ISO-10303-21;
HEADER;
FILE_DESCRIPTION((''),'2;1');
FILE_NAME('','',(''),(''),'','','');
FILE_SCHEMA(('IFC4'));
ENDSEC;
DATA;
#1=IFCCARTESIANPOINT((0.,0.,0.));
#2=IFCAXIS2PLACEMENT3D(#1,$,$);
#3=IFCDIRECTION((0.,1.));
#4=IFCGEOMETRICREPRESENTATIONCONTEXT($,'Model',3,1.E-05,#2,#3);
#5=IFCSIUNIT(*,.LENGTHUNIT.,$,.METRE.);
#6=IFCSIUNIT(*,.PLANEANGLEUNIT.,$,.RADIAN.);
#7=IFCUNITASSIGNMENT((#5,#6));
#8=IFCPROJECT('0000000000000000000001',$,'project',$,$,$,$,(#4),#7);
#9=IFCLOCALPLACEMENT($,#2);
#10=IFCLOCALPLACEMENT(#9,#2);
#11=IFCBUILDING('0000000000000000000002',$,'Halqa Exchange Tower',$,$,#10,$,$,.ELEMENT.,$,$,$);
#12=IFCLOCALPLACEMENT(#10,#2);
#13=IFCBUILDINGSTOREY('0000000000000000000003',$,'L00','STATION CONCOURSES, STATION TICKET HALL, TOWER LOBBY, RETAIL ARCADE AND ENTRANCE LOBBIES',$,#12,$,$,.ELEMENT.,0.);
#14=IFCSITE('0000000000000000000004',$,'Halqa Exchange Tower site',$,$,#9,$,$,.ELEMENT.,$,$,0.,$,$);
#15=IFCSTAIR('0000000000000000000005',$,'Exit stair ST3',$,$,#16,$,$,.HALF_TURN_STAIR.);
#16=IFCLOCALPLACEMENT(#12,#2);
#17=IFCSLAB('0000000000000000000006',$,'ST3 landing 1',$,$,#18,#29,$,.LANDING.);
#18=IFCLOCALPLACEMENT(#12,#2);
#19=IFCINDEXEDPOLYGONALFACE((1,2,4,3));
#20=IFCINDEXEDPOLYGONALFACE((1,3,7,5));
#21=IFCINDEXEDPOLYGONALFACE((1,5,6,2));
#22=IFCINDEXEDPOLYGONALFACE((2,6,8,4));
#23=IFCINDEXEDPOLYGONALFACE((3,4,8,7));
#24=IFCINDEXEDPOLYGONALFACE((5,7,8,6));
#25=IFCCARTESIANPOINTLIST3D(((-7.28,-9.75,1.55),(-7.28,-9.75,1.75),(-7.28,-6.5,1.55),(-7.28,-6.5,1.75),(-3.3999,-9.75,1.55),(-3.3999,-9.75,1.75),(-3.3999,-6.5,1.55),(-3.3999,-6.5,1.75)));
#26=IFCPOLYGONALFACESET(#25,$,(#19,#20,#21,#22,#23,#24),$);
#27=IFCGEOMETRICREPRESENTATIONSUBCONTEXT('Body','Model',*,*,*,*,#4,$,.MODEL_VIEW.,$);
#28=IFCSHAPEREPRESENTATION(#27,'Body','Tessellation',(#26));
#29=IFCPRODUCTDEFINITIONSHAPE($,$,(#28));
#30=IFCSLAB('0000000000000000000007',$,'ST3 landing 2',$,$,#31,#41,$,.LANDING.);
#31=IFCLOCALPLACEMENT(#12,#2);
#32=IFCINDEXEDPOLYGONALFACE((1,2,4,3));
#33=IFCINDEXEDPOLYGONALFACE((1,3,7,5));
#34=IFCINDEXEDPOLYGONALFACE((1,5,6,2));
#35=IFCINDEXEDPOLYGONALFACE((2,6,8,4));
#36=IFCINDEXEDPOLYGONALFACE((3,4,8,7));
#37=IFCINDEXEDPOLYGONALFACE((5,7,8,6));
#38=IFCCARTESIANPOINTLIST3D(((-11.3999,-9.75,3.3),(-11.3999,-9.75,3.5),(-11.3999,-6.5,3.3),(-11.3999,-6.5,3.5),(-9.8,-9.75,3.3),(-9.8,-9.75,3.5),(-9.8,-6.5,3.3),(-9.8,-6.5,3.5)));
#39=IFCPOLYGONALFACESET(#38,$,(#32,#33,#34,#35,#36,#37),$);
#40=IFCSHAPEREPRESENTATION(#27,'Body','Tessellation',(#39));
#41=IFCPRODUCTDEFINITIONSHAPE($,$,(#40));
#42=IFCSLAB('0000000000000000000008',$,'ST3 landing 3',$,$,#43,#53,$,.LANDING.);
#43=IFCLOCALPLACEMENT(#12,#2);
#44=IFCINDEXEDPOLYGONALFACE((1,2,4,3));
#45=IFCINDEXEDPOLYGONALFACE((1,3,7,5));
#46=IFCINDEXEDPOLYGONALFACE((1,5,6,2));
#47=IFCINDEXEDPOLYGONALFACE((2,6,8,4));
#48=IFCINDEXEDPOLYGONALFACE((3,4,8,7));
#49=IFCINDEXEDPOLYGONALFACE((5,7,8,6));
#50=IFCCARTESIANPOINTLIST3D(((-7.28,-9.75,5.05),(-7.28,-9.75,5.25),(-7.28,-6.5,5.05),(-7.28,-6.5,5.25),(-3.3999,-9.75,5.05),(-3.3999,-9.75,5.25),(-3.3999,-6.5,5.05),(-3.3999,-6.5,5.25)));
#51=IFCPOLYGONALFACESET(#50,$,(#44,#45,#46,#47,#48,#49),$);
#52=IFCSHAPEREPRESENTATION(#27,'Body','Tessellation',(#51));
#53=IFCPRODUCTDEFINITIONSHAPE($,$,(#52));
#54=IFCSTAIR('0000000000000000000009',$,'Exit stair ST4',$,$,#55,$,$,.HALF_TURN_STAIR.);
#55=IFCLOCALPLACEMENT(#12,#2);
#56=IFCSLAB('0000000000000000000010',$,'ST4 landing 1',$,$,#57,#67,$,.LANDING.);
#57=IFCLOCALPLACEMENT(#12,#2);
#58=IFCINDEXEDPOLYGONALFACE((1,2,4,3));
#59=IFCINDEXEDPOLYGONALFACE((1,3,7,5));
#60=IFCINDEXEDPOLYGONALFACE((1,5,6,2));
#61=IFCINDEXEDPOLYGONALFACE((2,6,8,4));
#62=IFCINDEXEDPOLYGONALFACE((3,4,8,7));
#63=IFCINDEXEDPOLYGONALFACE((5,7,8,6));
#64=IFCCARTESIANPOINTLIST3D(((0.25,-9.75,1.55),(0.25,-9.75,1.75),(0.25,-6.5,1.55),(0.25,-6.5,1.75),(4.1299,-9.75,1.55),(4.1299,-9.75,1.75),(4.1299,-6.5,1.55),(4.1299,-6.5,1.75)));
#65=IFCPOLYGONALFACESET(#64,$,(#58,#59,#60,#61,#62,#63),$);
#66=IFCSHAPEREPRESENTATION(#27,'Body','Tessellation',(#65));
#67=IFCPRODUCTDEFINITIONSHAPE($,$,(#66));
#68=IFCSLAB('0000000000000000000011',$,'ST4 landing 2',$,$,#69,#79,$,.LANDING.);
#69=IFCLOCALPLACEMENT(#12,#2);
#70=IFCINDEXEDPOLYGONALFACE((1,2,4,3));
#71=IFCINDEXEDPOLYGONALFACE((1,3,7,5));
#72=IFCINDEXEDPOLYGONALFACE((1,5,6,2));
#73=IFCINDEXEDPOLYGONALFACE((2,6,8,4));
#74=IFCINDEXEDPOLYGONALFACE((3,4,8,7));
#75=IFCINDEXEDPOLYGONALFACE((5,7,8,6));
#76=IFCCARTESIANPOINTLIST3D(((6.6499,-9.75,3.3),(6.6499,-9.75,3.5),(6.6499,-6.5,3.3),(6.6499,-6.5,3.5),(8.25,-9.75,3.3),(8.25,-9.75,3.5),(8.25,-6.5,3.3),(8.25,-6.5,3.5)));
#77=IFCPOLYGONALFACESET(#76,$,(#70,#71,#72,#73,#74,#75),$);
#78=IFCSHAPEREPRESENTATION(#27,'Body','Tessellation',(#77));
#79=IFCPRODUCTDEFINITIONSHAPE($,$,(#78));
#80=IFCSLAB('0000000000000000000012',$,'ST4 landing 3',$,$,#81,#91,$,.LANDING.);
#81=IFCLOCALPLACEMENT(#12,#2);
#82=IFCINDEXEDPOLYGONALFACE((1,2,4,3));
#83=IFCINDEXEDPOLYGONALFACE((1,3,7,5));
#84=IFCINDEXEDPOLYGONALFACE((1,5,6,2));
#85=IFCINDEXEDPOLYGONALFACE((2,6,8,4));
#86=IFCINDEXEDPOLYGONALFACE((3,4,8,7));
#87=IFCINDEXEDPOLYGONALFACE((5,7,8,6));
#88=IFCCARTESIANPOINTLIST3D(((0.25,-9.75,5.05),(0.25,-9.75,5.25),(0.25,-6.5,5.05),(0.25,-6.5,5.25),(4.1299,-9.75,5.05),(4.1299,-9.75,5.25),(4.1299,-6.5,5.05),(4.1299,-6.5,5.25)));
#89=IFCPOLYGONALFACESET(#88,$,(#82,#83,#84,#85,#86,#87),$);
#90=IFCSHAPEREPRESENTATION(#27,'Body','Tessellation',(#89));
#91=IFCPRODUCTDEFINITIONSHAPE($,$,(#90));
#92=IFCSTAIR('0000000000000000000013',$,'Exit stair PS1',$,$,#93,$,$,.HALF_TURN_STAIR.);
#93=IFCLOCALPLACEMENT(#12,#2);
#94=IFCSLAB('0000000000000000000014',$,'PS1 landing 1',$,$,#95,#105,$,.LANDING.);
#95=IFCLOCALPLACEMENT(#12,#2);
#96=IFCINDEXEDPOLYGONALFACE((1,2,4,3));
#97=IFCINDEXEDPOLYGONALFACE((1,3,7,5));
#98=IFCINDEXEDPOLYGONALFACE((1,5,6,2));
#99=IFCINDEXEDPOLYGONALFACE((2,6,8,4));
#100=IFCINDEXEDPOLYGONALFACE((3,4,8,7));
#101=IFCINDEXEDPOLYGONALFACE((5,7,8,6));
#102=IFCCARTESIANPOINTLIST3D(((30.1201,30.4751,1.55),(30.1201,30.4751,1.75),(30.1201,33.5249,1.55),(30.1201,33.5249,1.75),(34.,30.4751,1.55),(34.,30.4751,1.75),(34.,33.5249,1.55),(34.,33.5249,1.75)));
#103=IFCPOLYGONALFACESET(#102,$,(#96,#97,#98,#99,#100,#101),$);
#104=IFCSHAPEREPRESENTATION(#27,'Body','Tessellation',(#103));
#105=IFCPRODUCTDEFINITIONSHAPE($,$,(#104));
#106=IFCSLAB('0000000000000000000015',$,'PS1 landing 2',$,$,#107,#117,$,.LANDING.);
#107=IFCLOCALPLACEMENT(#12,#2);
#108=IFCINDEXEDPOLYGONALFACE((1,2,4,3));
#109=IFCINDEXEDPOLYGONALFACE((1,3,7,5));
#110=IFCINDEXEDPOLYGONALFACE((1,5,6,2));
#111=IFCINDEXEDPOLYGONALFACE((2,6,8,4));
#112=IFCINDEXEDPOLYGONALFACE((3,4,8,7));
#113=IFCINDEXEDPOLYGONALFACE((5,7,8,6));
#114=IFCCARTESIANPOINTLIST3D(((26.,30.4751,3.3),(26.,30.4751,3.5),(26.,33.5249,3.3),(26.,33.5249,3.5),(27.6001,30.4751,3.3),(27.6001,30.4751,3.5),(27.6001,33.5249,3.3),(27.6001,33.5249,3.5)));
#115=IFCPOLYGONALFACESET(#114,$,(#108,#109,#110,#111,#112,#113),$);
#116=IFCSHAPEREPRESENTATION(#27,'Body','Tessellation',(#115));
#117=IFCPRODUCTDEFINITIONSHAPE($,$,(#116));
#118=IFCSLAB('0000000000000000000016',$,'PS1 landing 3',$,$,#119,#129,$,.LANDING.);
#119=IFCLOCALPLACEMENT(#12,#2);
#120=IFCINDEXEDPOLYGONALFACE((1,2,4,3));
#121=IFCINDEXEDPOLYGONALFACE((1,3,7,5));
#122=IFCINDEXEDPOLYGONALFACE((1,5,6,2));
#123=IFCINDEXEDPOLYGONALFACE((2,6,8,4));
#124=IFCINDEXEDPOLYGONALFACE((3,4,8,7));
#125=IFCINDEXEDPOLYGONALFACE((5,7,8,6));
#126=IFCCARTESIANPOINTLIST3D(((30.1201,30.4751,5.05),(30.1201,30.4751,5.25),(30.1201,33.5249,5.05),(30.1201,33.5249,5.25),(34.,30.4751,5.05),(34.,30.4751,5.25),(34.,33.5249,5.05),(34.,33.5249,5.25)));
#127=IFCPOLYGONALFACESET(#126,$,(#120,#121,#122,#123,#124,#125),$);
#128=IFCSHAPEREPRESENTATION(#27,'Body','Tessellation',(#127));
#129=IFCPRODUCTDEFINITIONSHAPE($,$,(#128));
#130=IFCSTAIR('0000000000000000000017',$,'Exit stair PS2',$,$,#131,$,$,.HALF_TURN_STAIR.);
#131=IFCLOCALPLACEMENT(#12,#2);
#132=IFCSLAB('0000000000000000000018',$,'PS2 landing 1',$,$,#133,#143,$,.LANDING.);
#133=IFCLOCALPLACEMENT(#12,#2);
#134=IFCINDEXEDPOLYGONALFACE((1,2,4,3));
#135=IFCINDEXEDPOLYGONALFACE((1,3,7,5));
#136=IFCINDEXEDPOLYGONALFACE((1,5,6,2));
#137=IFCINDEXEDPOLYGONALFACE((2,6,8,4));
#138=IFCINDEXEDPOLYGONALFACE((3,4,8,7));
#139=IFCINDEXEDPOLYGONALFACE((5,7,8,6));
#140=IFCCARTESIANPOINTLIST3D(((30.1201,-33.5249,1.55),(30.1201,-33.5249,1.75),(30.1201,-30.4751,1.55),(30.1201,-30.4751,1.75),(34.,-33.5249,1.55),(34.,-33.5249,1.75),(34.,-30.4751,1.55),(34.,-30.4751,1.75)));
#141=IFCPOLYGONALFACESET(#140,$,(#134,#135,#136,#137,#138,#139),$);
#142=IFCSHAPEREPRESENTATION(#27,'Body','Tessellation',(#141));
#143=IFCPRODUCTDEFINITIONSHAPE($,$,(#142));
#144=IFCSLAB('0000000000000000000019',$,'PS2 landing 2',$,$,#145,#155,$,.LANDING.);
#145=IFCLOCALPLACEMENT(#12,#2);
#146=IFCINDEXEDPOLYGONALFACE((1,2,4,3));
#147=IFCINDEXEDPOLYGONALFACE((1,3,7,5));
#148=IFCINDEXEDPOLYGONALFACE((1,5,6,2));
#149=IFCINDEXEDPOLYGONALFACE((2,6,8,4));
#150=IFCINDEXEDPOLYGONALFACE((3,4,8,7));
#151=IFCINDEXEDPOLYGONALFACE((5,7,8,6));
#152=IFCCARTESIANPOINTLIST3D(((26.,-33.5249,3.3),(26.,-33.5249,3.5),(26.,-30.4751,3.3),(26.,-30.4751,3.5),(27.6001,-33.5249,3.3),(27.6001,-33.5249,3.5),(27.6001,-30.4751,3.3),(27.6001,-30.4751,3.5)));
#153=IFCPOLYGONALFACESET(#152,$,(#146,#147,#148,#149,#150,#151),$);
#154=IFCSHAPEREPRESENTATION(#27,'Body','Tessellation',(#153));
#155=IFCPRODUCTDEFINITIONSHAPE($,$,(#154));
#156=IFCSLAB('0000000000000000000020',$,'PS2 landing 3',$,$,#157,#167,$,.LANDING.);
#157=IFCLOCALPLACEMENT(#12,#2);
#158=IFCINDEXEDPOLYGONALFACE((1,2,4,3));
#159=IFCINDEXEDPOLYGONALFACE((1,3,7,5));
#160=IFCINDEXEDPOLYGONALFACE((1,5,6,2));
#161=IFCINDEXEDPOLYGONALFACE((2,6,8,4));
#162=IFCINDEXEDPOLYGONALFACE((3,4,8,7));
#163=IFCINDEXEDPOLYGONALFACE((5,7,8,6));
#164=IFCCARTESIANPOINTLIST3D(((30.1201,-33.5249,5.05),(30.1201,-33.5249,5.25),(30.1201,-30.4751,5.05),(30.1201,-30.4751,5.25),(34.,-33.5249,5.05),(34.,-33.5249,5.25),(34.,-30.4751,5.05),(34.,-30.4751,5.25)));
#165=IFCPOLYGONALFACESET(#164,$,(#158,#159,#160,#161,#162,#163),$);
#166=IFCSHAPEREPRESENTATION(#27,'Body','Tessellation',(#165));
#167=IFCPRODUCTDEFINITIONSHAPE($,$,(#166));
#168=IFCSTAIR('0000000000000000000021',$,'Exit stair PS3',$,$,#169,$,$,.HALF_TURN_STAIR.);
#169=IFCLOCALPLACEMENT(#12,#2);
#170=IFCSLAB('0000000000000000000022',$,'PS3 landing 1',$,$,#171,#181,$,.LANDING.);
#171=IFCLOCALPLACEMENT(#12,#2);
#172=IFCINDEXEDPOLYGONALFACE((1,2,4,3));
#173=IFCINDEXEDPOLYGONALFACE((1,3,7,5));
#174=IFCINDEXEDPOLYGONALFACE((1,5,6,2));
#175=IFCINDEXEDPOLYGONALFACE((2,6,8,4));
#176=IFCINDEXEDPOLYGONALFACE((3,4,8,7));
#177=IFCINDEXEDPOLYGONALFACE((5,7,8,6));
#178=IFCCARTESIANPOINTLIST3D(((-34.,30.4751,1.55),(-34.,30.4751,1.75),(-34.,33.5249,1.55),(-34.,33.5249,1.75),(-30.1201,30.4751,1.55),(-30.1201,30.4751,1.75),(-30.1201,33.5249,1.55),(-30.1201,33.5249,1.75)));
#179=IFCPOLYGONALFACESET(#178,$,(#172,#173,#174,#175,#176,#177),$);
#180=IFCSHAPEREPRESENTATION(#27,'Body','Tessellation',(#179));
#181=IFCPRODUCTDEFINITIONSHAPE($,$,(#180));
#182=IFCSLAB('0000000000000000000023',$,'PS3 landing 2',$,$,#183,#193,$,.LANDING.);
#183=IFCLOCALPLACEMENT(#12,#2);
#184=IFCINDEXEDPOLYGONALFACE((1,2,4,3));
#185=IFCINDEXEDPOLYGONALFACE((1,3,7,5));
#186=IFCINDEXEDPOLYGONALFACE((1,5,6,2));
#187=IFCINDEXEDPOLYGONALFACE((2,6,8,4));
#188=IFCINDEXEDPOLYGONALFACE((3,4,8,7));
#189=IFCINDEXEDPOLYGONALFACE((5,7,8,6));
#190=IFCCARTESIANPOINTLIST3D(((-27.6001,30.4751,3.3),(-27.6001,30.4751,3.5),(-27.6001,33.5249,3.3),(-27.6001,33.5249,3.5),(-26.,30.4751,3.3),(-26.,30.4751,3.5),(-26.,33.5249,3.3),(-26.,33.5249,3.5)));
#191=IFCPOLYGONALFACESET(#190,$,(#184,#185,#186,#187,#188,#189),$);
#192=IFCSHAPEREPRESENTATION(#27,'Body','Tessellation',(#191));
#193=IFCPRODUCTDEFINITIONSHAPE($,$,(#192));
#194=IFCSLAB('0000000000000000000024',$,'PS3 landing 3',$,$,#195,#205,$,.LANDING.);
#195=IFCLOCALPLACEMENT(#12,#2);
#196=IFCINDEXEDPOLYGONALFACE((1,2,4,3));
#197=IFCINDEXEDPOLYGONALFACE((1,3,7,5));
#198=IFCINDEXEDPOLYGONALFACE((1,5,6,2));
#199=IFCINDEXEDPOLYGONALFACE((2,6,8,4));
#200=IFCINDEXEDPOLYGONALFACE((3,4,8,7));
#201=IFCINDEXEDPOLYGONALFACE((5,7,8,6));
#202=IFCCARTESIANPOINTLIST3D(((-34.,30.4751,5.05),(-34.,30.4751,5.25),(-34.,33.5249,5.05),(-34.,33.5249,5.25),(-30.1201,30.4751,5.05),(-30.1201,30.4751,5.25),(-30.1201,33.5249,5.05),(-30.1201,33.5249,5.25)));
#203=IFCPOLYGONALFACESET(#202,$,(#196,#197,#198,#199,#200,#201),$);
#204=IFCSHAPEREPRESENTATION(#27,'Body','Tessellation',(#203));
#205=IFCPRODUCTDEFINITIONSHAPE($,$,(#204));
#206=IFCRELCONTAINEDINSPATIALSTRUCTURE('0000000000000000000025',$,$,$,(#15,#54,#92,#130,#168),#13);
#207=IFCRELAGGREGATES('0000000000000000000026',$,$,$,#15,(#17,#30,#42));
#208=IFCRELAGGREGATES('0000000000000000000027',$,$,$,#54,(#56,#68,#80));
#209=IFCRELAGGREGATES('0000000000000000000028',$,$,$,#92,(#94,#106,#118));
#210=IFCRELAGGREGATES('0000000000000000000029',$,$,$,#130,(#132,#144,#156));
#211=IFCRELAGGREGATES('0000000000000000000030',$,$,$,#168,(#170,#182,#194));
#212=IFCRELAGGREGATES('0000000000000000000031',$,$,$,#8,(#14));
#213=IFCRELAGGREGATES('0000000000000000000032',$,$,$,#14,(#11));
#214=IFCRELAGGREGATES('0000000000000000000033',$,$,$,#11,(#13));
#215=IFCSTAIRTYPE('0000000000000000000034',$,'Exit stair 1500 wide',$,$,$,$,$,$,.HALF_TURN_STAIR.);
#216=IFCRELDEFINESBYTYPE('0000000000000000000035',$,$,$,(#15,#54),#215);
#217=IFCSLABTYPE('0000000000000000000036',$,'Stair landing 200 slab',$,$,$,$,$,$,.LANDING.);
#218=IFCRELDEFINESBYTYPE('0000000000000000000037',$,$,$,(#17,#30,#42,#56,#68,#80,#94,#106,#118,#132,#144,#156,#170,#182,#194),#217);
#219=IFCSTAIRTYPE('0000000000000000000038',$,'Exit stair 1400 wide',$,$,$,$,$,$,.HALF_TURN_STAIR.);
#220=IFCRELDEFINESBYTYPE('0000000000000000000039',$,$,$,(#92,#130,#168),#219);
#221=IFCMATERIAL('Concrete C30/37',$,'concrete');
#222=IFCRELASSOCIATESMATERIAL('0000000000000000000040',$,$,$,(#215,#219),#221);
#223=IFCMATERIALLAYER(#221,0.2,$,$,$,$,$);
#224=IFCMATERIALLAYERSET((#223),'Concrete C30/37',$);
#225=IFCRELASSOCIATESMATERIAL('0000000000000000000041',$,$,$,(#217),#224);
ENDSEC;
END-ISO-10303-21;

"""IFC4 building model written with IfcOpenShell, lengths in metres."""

from ifc_helpers import new_model, si_unit, direction, frame, origin, place, context, subcontext, project, spatial, polyline, outline, extrude, material, layer, layer_set, type_object, element, aggregate, save


model = new_model("IFC4")

# Units and contexts
model_context = context("Model", 3, precision=1e-05, world=origin(), true_north=direction((0.0, 1.0)))
body_context = subcontext(model_context, "Body", "Model", "MODEL_VIEW")
ifc_project = project(units=[si_unit("LENGTHUNIT", "METRE"), si_unit("PLANEANGLEUNIT", "RADIAN")], contexts=[model_context])

# Site, building, storey
site_placement = place(None, origin())
site = spatial("IfcSite", under=ifc_project, at=site_placement, Name="Halqa Exchange Tower site", CompositionType="ELEMENT", RefElevation=0.0)
building_placement = place(site_placement, origin())
building = spatial("IfcBuilding", under=site, at=building_placement, Name="Halqa Exchange Tower", CompositionType="ELEMENT")
storey_placement = place(building_placement, origin())
storey = spatial("IfcBuildingStorey", under=building, at=storey_placement, Name="L00", Description="STATION CONCOURSES, STATION TICKET HALL, TOWER LOBBY, RETAIL ARCADE AND ENTRANCE LOBBIES", CompositionType="ELEMENT", Elevation=0.0)

# Stairs, slabs
ifc_material_1 = material(Name="Concrete C30/37", Category="concrete")
stair_type_1 = type_object("IfcStairType", Name="Exit stair 1500 wide", PredefinedType="HALF_TURN_STAIR", material=ifc_material_1)
ifc_layer_1 = layer(ifc_material_1, 0.2)
ifc_layer_set_1 = layer_set([ifc_layer_1], Name="Concrete C30/37")
slab_type_1 = type_object("IfcSlabType", Name="Stair landing 200 slab", PredefinedType="LANDING", material=ifc_layer_set_1)
stair_1_placement = place(storey_placement, origin())
stair_1 = element("IfcStair", 1, at=stair_1_placement, inside=storey, type_object=stair_type_1, Name="Exit stair ST3", PredefinedType="HALF_TURN_STAIR")
slab_1_placement = place(storey_placement, frame((0.0, 0.0, 1.55)))
slab_1 = element("IfcSlab", 2, at=slab_1_placement, type_object=slab_type_1, Name="ST3 landing 1", PredefinedType="LANDING", context=body_context, shape_type="SweptSolid", body=[
    extrude(outline(polyline([(-7.28, -9.75), (-3.3999, -9.75), (-3.3999, -6.5), (-7.28, -6.5), (-7.28, -9.75)])), origin(), (0.0, 0.0, 1.0), 0.2),
])
slab_2_placement = place(storey_placement, frame((0.0, 0.0, 3.3)))
slab_2 = element("IfcSlab", 3, at=slab_2_placement, type_object=slab_type_1, Name="ST3 landing 2", PredefinedType="LANDING", context=body_context, shape_type="SweptSolid", body=[
    extrude(outline(polyline([(-11.3999, -9.75), (-9.8, -9.75), (-9.8, -6.5), (-11.3999, -6.5), (-11.3999, -9.75)])), origin(), (0.0, 0.0, 1.0), 0.2),
])
slab_3_placement = place(storey_placement, frame((0.0, 0.0, 5.05)))
slab_3 = element("IfcSlab", 4, at=slab_3_placement, type_object=slab_type_1, Name="ST3 landing 3", PredefinedType="LANDING", context=body_context, shape_type="SweptSolid", body=[
    extrude(outline(polyline([(-7.28, -9.75), (-3.3999, -9.75), (-3.3999, -6.5), (-7.28, -6.5), (-7.28, -9.75)])), origin(), (0.0, 0.0, 1.0), 0.2),
])
aggregate(stair_1, [slab_1, slab_2, slab_3])
stair_2_placement = place(storey_placement, origin())
stair_2 = element("IfcStair", 5, at=stair_2_placement, inside=storey, type_object=stair_type_1, Name="Exit stair ST4", PredefinedType="HALF_TURN_STAIR")
slab_4_placement = place(storey_placement, frame((0.0, 0.0, 1.55)))
slab_4 = element("IfcSlab", 6, at=slab_4_placement, type_object=slab_type_1, Name="ST4 landing 1", PredefinedType="LANDING", context=body_context, shape_type="SweptSolid", body=[
    extrude(outline(polyline([(0.25, -9.75), (4.1299, -9.75), (4.1299, -6.5), (0.25, -6.5), (0.25, -9.75)])), origin(), (0.0, 0.0, 1.0), 0.2),
])
slab_5_placement = place(storey_placement, frame((0.0, 0.0, 3.3)))
slab_5 = element("IfcSlab", 7, at=slab_5_placement, type_object=slab_type_1, Name="ST4 landing 2", PredefinedType="LANDING", context=body_context, shape_type="SweptSolid", body=[
    extrude(outline(polyline([(6.6499, -9.75), (8.25, -9.75), (8.25, -6.5), (6.6499, -6.5), (6.6499, -9.75)])), origin(), (0.0, 0.0, 1.0), 0.2),
])
slab_6_placement = place(storey_placement, frame((0.0, 0.0, 5.05)))
slab_6 = element("IfcSlab", 8, at=slab_6_placement, type_object=slab_type_1, Name="ST4 landing 3", PredefinedType="LANDING", context=body_context, shape_type="SweptSolid", body=[
    extrude(outline(polyline([(0.25, -9.75), (4.1299, -9.75), (4.1299, -6.5), (0.25, -6.5), (0.25, -9.75)])), origin(), (0.0, 0.0, 1.0), 0.2),
])
aggregate(stair_2, [slab_4, slab_5, slab_6])
stair_type_2 = type_object("IfcStairType", Name="Exit stair 1400 wide", PredefinedType="HALF_TURN_STAIR", material=ifc_material_1)
stair_3_placement = place(storey_placement, origin())
stair_3 = element("IfcStair", 9, at=stair_3_placement, inside=storey, type_object=stair_type_2, Name="Exit stair PS1", PredefinedType="HALF_TURN_STAIR")
slab_7_placement = place(storey_placement, frame((0.0, 0.0, 1.55)))
slab_7 = element("IfcSlab", 10, at=slab_7_placement, type_object=slab_type_1, Name="PS1 landing 1", PredefinedType="LANDING", context=body_context, shape_type="SweptSolid", body=[
    extrude(outline(polyline([(30.1201, 30.4751), (34.0, 30.4751), (34.0, 33.5249), (30.1201, 33.5249), (30.1201, 30.4751)])), origin(), (0.0, 0.0, 1.0), 0.2),
])
slab_8_placement = place(storey_placement, frame((0.0, 0.0, 3.3)))
slab_8 = element("IfcSlab", 11, at=slab_8_placement, type_object=slab_type_1, Name="PS1 landing 2", PredefinedType="LANDING", context=body_context, shape_type="SweptSolid", body=[
    extrude(outline(polyline([(26.0, 30.4751), (27.6001, 30.4751), (27.6001, 33.5249), (26.0, 33.5249), (26.0, 30.4751)])), origin(), (0.0, 0.0, 1.0), 0.2),
])
slab_9_placement = place(storey_placement, frame((0.0, 0.0, 5.05)))
slab_9 = element("IfcSlab", 12, at=slab_9_placement, type_object=slab_type_1, Name="PS1 landing 3", PredefinedType="LANDING", context=body_context, shape_type="SweptSolid", body=[
    extrude(outline(polyline([(30.1201, 30.4751), (34.0, 30.4751), (34.0, 33.5249), (30.1201, 33.5249), (30.1201, 30.4751)])), origin(), (0.0, 0.0, 1.0), 0.2),
])
aggregate(stair_3, [slab_7, slab_8, slab_9])
stair_4_placement = place(storey_placement, origin())
stair_4 = element("IfcStair", 13, at=stair_4_placement, inside=storey, type_object=stair_type_2, Name="Exit stair PS2", PredefinedType="HALF_TURN_STAIR")
slab_10_placement = place(storey_placement, frame((0.0, 0.0, 1.55)))
slab_10 = element("IfcSlab", 14, at=slab_10_placement, type_object=slab_type_1, Name="PS2 landing 1", PredefinedType="LANDING", context=body_context, shape_type="SweptSolid", body=[
    extrude(outline(polyline([(30.1201, -33.5249), (34.0, -33.5249), (34.0, -30.4751), (30.1201, -30.4751), (30.1201, -33.5249)])), origin(), (0.0, 0.0, 1.0), 0.2),
])
slab_11_placement = place(storey_placement, frame((0.0, 0.0, 3.3)))
slab_11 = element("IfcSlab", 15, at=slab_11_placement, type_object=slab_type_1, Name="PS2 landing 2", PredefinedType="LANDING", context=body_context, shape_type="SweptSolid", body=[
    extrude(outline(polyline([(26.0, -33.5249), (27.6001, -33.5249), (27.6001, -30.4751), (26.0, -30.4751), (26.0, -33.5249)])), origin(), (0.0, 0.0, 1.0), 0.2),
])
slab_12_placement = place(storey_placement, frame((0.0, 0.0, 5.05)))
slab_12 = element("IfcSlab", 16, at=slab_12_placement, type_object=slab_type_1, Name="PS2 landing 3", PredefinedType="LANDING", context=body_context, shape_type="SweptSolid", body=[
    extrude(outline(polyline([(30.1201, -33.5249), (34.0, -33.5249), (34.0, -30.4751), (30.1201, -30.4751), (30.1201, -33.5249)])), origin(), (0.0, 0.0, 1.0), 0.2),
])
aggregate(stair_4, [slab_10, slab_11, slab_12])
stair_5_placement = place(storey_placement, origin())
stair_5 = element("IfcStair", 17, at=stair_5_placement, inside=storey, type_object=stair_type_2, Name="Exit stair PS3", PredefinedType="HALF_TURN_STAIR")
slab_13_placement = place(storey_placement, frame((0.0, 0.0, 1.55)))
slab_13 = element("IfcSlab", 18, at=slab_13_placement, type_object=slab_type_1, Name="PS3 landing 1", PredefinedType="LANDING", context=body_context, shape_type="SweptSolid", body=[
    extrude(outline(polyline([(-34.0, 30.4751), (-30.1201, 30.4751), (-30.1201, 33.5249), (-34.0, 33.5249), (-34.0, 30.4751)])), origin(), (0.0, 0.0, 1.0), 0.2),
])
slab_14_placement = place(storey_placement, frame((0.0, 0.0, 3.3)))
slab_14 = element("IfcSlab", 19, at=slab_14_placement, type_object=slab_type_1, Name="PS3 landing 2", PredefinedType="LANDING", context=body_context, shape_type="SweptSolid", body=[
    extrude(outline(polyline([(-27.6001, 30.4751), (-26.0, 30.4751), (-26.0, 33.5249), (-27.6001, 33.5249), (-27.6001, 30.4751)])), origin(), (0.0, 0.0, 1.0), 0.2),
])
slab_15_placement = place(storey_placement, frame((0.0, 0.0, 5.05)))
slab_15 = element("IfcSlab", 20, at=slab_15_placement, type_object=slab_type_1, Name="PS3 landing 3", PredefinedType="LANDING", context=body_context, shape_type="SweptSolid", body=[
    extrude(outline(polyline([(-34.0, 30.4751), (-30.1201, 30.4751), (-30.1201, 33.5249), (-34.0, 33.5249), (-34.0, 30.4751)])), origin(), (0.0, 0.0, 1.0), 0.2),
])
aggregate(stair_5, [slab_13, slab_14, slab_15])

save(model, "model.ifc")
